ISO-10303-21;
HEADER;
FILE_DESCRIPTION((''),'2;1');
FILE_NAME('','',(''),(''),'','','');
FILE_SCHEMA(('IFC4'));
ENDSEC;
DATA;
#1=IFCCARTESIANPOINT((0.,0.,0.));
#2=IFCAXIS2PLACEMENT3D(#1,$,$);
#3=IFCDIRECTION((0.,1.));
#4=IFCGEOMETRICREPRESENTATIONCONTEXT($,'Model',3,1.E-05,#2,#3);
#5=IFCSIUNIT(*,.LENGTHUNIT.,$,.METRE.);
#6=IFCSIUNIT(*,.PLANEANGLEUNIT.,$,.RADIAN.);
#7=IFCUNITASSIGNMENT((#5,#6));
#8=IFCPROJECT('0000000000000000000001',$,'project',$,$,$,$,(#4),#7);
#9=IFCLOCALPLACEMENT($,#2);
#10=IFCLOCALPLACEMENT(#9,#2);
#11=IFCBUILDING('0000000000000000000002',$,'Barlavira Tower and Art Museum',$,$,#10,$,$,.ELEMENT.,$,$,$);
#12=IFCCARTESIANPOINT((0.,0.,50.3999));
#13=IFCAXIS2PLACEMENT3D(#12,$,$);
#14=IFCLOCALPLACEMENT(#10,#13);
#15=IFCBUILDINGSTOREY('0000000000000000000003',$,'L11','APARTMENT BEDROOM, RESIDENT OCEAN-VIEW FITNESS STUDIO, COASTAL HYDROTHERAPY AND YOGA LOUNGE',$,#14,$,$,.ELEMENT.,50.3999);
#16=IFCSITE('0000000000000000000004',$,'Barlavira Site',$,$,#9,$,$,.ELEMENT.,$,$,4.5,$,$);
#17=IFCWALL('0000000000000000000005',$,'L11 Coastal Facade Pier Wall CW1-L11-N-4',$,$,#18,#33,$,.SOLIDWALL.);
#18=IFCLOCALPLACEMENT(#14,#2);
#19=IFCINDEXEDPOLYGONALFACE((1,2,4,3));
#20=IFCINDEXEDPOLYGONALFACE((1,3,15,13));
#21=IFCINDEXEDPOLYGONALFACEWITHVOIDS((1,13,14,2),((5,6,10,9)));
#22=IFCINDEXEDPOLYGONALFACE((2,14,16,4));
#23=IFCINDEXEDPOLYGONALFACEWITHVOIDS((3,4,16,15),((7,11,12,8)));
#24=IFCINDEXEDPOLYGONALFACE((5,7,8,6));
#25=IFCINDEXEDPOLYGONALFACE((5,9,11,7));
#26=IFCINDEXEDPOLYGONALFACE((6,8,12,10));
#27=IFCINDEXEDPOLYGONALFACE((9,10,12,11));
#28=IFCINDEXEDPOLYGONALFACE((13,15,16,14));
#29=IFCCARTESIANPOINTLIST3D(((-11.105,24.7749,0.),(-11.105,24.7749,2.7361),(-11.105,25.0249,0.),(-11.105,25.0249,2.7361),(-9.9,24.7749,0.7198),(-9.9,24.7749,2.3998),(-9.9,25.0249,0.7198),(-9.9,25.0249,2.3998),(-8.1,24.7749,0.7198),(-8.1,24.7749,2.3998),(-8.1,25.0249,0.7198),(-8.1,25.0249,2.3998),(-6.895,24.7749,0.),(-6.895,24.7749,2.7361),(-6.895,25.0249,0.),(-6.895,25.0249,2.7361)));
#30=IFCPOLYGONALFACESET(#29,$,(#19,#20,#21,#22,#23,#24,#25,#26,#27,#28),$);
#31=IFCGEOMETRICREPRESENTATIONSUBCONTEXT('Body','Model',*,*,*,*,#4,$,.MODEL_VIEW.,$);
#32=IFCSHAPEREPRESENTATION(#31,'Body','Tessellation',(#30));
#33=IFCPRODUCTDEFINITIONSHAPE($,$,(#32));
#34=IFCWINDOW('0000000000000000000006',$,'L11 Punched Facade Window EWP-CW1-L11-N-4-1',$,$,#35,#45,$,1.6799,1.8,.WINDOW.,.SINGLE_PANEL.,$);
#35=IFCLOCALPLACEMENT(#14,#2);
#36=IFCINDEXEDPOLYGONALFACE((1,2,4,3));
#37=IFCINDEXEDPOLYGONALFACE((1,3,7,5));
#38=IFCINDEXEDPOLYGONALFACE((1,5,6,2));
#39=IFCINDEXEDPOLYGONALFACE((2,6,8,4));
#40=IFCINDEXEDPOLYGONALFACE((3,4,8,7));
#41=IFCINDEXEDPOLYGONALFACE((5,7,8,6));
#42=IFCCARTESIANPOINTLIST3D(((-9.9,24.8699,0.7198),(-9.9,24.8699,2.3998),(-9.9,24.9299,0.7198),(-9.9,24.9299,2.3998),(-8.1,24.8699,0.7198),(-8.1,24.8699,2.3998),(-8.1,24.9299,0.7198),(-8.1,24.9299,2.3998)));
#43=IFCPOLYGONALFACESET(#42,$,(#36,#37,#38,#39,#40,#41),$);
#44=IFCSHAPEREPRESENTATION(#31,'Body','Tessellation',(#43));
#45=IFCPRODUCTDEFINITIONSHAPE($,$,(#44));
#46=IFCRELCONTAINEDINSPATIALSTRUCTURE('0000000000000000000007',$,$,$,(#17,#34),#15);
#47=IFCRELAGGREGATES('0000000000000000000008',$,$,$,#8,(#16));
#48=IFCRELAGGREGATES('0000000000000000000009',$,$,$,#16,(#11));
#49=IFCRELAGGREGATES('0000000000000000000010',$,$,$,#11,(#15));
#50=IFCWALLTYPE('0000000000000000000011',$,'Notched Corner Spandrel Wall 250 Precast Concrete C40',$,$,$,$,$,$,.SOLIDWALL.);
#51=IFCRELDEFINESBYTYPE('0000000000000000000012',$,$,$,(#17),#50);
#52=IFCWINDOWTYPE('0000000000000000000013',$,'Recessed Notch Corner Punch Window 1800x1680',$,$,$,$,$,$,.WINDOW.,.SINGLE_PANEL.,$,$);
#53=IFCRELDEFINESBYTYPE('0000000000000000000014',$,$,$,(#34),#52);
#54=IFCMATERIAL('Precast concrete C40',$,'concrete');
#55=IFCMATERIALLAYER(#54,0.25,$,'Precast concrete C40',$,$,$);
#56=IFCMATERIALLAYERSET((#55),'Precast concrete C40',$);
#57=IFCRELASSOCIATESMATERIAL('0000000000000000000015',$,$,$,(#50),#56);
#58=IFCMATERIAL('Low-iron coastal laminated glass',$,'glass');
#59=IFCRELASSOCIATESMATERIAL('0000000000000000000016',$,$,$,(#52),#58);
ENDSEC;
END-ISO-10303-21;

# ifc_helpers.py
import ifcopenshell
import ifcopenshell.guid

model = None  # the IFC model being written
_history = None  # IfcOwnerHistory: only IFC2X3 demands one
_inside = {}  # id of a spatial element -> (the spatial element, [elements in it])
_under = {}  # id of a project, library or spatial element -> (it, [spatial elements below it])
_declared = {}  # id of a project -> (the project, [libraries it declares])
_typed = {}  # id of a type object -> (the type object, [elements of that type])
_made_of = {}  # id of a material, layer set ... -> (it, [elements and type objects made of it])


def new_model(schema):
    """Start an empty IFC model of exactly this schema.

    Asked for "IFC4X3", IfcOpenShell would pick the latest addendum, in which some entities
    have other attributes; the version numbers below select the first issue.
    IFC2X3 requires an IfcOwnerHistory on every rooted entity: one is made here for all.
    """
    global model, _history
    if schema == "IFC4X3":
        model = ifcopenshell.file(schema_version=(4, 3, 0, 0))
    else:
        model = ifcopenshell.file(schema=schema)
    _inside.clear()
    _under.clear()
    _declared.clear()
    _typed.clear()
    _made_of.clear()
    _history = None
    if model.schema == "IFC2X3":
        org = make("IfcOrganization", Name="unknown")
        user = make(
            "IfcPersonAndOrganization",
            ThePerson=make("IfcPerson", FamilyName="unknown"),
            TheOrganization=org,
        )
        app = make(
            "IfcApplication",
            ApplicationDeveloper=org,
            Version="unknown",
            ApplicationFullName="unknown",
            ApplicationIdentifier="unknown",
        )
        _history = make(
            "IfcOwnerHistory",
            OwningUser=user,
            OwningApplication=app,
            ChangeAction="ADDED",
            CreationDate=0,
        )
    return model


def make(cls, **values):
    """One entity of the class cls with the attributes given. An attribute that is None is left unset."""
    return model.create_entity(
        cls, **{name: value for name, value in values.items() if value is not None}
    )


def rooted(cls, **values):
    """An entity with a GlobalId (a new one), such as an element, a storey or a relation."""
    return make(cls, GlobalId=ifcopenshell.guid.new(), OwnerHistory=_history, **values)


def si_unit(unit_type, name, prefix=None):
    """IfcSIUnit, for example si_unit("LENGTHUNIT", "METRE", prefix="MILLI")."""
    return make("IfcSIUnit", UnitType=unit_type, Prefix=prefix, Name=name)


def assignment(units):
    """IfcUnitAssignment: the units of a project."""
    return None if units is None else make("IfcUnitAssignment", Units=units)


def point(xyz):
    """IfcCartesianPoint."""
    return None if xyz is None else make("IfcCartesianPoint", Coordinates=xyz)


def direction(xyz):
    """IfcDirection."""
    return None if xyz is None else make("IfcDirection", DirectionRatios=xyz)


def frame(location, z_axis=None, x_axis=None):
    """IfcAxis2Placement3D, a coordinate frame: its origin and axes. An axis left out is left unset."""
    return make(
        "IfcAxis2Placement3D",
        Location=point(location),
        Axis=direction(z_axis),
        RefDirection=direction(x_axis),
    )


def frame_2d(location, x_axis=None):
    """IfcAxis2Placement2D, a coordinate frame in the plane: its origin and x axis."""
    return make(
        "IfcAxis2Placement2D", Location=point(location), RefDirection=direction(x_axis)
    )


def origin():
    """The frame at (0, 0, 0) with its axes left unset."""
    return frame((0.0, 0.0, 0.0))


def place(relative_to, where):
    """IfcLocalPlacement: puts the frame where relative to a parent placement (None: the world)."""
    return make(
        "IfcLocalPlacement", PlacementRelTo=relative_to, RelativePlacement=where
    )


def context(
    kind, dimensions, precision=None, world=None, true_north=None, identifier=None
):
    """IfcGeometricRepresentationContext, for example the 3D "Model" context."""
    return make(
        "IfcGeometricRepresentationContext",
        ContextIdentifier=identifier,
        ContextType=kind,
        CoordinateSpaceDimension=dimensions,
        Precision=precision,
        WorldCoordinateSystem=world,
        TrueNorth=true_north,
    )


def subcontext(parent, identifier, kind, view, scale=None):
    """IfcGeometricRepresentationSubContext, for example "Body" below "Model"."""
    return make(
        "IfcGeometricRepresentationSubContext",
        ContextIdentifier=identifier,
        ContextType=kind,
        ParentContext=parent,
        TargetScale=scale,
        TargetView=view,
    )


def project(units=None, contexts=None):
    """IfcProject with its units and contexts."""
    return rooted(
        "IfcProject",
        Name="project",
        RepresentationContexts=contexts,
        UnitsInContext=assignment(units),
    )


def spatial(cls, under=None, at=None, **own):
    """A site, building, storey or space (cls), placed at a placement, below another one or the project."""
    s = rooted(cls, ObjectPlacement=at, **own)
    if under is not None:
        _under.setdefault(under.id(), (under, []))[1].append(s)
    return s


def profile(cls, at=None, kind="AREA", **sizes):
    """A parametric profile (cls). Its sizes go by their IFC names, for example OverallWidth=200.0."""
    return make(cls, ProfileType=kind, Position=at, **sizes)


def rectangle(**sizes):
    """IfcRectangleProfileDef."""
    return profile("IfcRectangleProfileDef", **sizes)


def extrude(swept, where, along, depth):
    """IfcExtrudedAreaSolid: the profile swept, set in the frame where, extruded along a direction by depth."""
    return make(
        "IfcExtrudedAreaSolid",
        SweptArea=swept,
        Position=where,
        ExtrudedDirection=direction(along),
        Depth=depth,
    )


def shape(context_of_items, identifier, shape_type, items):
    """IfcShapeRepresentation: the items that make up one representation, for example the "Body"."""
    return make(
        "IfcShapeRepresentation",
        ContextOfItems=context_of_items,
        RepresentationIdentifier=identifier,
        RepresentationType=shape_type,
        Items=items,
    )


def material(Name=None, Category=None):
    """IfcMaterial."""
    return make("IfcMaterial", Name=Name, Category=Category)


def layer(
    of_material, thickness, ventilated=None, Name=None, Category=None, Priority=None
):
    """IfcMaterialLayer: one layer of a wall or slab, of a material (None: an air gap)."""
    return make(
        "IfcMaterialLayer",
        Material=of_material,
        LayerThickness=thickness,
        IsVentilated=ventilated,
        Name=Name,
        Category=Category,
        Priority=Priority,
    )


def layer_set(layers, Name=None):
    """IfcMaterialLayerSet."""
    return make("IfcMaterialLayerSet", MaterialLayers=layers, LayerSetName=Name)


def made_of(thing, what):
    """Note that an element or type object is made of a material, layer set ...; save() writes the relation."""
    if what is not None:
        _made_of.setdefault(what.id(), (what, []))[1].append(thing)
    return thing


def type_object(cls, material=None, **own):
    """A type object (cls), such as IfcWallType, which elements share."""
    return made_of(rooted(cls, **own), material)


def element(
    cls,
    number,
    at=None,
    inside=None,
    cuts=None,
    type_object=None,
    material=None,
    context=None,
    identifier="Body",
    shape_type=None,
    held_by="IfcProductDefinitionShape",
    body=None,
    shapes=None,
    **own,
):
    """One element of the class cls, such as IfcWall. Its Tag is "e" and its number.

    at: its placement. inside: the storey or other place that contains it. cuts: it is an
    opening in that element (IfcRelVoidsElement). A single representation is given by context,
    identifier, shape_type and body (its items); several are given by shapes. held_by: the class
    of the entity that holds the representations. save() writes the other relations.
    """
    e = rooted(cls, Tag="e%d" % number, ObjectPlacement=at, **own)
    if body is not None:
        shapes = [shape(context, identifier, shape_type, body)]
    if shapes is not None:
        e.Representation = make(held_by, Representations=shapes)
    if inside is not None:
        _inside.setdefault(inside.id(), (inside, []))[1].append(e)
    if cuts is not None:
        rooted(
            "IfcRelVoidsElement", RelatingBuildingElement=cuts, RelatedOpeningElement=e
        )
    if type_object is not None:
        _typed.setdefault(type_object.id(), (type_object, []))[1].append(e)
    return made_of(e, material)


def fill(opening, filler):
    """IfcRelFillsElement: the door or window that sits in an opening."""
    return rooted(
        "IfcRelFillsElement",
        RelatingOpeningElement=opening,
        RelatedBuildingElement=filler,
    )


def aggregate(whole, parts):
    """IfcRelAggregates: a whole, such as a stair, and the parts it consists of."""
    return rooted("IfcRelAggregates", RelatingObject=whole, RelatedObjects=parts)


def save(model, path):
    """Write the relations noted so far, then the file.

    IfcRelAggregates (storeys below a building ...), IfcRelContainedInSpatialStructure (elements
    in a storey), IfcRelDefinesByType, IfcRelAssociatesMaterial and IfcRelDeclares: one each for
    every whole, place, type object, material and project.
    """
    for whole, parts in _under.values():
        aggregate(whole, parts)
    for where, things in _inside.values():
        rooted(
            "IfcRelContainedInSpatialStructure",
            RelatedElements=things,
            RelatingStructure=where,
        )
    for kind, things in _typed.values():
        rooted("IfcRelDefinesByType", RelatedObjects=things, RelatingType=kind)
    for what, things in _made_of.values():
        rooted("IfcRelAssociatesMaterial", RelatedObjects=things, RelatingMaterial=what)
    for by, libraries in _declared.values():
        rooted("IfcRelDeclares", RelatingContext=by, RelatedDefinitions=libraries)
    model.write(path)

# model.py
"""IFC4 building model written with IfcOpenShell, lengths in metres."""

from ifc_helpers import new_model, si_unit, direction, frame, frame_2d, origin, place, context, subcontext, project, spatial, rectangle, extrude, material, layer, layer_set, type_object, element, fill, save


model = new_model("IFC4")

# Units and contexts
model_context = context("Model", 3, precision=1e-05, world=origin(), true_north=direction((0.0, 1.0)))
body_context = subcontext(model_context, "Body", "Model", "MODEL_VIEW")
ifc_project = project(units=[si_unit("LENGTHUNIT", "METRE"), si_unit("PLANEANGLEUNIT", "RADIAN")], contexts=[model_context])

# Site, building, storey
site_placement = place(None, origin())
site = spatial("IfcSite", under=ifc_project, at=site_placement, Name="Barlavira Site", CompositionType="ELEMENT", RefElevation=4.5)
building_placement = place(site_placement, origin())
building = spatial("IfcBuilding", under=site, at=building_placement, Name="Barlavira Tower and Art Museum", CompositionType="ELEMENT")
storey_placement = place(building_placement, frame((0.0, 0.0, 50.3999)))
storey = spatial("IfcBuildingStorey", under=building, at=storey_placement, Name="L11", Description="APARTMENT BEDROOM, RESIDENT OCEAN-VIEW FITNESS STUDIO, COASTAL HYDROTHERAPY AND YOGA LOUNGE", CompositionType="ELEMENT", Elevation=50.3999)

# Shared definitions
ifc_material_1 = material(Name="Low-iron coastal laminated glass", Category="glass")

# Wall, opening, window
ifc_material_2 = material(Name="Precast concrete C40", Category="concrete")
ifc_layer_1 = layer(ifc_material_2, 0.25, Name="Precast concrete C40")
ifc_layer_set_1 = layer_set([ifc_layer_1], Name="Precast concrete C40")
wall_type_1 = type_object("IfcWallType", Name="Notched Corner Spandrel Wall 250 Precast Concrete C40", PredefinedType="SOLIDWALL", material=ifc_layer_set_1)
wall_1_placement = place(storey_placement, frame((-6.895, 24.8999, 0.0), z_axis=(0.0, 0.0, 1.0), x_axis=(-1.0, 0.0, 0.0)))
wall_1 = element("IfcWall", 1, at=wall_1_placement, inside=storey, type_object=wall_type_1, Name="L11 Coastal Facade Pier Wall CW1-L11-N-4", PredefinedType="SOLIDWALL", context=body_context, shape_type="SweptSolid", body=[
    extrude(rectangle(XDim=4.21, YDim=0.25, at=frame_2d((2.105, 0.0))), origin(), (0.0, 0.0, 1.0), 2.7361),
])
opening_1_placement = place(wall_1_placement, frame((1.2051, 0.0, 0.72)))
opening_1 = element("IfcOpeningElement", 2, at=opening_1_placement, cuts=wall_1, PredefinedType="OPENING", context=body_context, shape_type="SweptSolid", body=[
    extrude(rectangle(XDim=1.8, YDim=1.6799, at=frame_2d((0.8999, 0.8398))), frame((0.0, 0.135, 0.0), z_axis=(0.0, -1.0, 0.0), x_axis=(1.0, 0.0, 0.0)), (0.0, 0.0, 1.0), 0.27),
])
window_type = type_object("IfcWindowType", Name="Recessed Notch Corner Punch Window 1800x1680", PartitioningType="SINGLE_PANEL", PredefinedType="WINDOW", material=ifc_material_1)
window_placement = place(opening_1_placement, origin())
window = element("IfcWindow", 3, at=window_placement, inside=storey, type_object=window_type, Name="L11 Punched Facade Window EWP-CW1-L11-N-4-1", OverallHeight=1.6799, OverallWidth=1.8, PartitioningType="SINGLE_PANEL", PredefinedType="WINDOW", context=body_context, shape_type="SweptSolid", body=[
    extrude(rectangle(XDim=1.8, YDim=1.6799, at=frame_2d((0.8999, 0.8398))), frame((0.0, 0.03, 0.0), z_axis=(0.0, -1.0, 0.0), x_axis=(1.0, 0.0, 0.0)), (0.0, 0.0, 1.0), 0.0601),
])
fill(opening_1, window)

save(model, "model.ifc")
